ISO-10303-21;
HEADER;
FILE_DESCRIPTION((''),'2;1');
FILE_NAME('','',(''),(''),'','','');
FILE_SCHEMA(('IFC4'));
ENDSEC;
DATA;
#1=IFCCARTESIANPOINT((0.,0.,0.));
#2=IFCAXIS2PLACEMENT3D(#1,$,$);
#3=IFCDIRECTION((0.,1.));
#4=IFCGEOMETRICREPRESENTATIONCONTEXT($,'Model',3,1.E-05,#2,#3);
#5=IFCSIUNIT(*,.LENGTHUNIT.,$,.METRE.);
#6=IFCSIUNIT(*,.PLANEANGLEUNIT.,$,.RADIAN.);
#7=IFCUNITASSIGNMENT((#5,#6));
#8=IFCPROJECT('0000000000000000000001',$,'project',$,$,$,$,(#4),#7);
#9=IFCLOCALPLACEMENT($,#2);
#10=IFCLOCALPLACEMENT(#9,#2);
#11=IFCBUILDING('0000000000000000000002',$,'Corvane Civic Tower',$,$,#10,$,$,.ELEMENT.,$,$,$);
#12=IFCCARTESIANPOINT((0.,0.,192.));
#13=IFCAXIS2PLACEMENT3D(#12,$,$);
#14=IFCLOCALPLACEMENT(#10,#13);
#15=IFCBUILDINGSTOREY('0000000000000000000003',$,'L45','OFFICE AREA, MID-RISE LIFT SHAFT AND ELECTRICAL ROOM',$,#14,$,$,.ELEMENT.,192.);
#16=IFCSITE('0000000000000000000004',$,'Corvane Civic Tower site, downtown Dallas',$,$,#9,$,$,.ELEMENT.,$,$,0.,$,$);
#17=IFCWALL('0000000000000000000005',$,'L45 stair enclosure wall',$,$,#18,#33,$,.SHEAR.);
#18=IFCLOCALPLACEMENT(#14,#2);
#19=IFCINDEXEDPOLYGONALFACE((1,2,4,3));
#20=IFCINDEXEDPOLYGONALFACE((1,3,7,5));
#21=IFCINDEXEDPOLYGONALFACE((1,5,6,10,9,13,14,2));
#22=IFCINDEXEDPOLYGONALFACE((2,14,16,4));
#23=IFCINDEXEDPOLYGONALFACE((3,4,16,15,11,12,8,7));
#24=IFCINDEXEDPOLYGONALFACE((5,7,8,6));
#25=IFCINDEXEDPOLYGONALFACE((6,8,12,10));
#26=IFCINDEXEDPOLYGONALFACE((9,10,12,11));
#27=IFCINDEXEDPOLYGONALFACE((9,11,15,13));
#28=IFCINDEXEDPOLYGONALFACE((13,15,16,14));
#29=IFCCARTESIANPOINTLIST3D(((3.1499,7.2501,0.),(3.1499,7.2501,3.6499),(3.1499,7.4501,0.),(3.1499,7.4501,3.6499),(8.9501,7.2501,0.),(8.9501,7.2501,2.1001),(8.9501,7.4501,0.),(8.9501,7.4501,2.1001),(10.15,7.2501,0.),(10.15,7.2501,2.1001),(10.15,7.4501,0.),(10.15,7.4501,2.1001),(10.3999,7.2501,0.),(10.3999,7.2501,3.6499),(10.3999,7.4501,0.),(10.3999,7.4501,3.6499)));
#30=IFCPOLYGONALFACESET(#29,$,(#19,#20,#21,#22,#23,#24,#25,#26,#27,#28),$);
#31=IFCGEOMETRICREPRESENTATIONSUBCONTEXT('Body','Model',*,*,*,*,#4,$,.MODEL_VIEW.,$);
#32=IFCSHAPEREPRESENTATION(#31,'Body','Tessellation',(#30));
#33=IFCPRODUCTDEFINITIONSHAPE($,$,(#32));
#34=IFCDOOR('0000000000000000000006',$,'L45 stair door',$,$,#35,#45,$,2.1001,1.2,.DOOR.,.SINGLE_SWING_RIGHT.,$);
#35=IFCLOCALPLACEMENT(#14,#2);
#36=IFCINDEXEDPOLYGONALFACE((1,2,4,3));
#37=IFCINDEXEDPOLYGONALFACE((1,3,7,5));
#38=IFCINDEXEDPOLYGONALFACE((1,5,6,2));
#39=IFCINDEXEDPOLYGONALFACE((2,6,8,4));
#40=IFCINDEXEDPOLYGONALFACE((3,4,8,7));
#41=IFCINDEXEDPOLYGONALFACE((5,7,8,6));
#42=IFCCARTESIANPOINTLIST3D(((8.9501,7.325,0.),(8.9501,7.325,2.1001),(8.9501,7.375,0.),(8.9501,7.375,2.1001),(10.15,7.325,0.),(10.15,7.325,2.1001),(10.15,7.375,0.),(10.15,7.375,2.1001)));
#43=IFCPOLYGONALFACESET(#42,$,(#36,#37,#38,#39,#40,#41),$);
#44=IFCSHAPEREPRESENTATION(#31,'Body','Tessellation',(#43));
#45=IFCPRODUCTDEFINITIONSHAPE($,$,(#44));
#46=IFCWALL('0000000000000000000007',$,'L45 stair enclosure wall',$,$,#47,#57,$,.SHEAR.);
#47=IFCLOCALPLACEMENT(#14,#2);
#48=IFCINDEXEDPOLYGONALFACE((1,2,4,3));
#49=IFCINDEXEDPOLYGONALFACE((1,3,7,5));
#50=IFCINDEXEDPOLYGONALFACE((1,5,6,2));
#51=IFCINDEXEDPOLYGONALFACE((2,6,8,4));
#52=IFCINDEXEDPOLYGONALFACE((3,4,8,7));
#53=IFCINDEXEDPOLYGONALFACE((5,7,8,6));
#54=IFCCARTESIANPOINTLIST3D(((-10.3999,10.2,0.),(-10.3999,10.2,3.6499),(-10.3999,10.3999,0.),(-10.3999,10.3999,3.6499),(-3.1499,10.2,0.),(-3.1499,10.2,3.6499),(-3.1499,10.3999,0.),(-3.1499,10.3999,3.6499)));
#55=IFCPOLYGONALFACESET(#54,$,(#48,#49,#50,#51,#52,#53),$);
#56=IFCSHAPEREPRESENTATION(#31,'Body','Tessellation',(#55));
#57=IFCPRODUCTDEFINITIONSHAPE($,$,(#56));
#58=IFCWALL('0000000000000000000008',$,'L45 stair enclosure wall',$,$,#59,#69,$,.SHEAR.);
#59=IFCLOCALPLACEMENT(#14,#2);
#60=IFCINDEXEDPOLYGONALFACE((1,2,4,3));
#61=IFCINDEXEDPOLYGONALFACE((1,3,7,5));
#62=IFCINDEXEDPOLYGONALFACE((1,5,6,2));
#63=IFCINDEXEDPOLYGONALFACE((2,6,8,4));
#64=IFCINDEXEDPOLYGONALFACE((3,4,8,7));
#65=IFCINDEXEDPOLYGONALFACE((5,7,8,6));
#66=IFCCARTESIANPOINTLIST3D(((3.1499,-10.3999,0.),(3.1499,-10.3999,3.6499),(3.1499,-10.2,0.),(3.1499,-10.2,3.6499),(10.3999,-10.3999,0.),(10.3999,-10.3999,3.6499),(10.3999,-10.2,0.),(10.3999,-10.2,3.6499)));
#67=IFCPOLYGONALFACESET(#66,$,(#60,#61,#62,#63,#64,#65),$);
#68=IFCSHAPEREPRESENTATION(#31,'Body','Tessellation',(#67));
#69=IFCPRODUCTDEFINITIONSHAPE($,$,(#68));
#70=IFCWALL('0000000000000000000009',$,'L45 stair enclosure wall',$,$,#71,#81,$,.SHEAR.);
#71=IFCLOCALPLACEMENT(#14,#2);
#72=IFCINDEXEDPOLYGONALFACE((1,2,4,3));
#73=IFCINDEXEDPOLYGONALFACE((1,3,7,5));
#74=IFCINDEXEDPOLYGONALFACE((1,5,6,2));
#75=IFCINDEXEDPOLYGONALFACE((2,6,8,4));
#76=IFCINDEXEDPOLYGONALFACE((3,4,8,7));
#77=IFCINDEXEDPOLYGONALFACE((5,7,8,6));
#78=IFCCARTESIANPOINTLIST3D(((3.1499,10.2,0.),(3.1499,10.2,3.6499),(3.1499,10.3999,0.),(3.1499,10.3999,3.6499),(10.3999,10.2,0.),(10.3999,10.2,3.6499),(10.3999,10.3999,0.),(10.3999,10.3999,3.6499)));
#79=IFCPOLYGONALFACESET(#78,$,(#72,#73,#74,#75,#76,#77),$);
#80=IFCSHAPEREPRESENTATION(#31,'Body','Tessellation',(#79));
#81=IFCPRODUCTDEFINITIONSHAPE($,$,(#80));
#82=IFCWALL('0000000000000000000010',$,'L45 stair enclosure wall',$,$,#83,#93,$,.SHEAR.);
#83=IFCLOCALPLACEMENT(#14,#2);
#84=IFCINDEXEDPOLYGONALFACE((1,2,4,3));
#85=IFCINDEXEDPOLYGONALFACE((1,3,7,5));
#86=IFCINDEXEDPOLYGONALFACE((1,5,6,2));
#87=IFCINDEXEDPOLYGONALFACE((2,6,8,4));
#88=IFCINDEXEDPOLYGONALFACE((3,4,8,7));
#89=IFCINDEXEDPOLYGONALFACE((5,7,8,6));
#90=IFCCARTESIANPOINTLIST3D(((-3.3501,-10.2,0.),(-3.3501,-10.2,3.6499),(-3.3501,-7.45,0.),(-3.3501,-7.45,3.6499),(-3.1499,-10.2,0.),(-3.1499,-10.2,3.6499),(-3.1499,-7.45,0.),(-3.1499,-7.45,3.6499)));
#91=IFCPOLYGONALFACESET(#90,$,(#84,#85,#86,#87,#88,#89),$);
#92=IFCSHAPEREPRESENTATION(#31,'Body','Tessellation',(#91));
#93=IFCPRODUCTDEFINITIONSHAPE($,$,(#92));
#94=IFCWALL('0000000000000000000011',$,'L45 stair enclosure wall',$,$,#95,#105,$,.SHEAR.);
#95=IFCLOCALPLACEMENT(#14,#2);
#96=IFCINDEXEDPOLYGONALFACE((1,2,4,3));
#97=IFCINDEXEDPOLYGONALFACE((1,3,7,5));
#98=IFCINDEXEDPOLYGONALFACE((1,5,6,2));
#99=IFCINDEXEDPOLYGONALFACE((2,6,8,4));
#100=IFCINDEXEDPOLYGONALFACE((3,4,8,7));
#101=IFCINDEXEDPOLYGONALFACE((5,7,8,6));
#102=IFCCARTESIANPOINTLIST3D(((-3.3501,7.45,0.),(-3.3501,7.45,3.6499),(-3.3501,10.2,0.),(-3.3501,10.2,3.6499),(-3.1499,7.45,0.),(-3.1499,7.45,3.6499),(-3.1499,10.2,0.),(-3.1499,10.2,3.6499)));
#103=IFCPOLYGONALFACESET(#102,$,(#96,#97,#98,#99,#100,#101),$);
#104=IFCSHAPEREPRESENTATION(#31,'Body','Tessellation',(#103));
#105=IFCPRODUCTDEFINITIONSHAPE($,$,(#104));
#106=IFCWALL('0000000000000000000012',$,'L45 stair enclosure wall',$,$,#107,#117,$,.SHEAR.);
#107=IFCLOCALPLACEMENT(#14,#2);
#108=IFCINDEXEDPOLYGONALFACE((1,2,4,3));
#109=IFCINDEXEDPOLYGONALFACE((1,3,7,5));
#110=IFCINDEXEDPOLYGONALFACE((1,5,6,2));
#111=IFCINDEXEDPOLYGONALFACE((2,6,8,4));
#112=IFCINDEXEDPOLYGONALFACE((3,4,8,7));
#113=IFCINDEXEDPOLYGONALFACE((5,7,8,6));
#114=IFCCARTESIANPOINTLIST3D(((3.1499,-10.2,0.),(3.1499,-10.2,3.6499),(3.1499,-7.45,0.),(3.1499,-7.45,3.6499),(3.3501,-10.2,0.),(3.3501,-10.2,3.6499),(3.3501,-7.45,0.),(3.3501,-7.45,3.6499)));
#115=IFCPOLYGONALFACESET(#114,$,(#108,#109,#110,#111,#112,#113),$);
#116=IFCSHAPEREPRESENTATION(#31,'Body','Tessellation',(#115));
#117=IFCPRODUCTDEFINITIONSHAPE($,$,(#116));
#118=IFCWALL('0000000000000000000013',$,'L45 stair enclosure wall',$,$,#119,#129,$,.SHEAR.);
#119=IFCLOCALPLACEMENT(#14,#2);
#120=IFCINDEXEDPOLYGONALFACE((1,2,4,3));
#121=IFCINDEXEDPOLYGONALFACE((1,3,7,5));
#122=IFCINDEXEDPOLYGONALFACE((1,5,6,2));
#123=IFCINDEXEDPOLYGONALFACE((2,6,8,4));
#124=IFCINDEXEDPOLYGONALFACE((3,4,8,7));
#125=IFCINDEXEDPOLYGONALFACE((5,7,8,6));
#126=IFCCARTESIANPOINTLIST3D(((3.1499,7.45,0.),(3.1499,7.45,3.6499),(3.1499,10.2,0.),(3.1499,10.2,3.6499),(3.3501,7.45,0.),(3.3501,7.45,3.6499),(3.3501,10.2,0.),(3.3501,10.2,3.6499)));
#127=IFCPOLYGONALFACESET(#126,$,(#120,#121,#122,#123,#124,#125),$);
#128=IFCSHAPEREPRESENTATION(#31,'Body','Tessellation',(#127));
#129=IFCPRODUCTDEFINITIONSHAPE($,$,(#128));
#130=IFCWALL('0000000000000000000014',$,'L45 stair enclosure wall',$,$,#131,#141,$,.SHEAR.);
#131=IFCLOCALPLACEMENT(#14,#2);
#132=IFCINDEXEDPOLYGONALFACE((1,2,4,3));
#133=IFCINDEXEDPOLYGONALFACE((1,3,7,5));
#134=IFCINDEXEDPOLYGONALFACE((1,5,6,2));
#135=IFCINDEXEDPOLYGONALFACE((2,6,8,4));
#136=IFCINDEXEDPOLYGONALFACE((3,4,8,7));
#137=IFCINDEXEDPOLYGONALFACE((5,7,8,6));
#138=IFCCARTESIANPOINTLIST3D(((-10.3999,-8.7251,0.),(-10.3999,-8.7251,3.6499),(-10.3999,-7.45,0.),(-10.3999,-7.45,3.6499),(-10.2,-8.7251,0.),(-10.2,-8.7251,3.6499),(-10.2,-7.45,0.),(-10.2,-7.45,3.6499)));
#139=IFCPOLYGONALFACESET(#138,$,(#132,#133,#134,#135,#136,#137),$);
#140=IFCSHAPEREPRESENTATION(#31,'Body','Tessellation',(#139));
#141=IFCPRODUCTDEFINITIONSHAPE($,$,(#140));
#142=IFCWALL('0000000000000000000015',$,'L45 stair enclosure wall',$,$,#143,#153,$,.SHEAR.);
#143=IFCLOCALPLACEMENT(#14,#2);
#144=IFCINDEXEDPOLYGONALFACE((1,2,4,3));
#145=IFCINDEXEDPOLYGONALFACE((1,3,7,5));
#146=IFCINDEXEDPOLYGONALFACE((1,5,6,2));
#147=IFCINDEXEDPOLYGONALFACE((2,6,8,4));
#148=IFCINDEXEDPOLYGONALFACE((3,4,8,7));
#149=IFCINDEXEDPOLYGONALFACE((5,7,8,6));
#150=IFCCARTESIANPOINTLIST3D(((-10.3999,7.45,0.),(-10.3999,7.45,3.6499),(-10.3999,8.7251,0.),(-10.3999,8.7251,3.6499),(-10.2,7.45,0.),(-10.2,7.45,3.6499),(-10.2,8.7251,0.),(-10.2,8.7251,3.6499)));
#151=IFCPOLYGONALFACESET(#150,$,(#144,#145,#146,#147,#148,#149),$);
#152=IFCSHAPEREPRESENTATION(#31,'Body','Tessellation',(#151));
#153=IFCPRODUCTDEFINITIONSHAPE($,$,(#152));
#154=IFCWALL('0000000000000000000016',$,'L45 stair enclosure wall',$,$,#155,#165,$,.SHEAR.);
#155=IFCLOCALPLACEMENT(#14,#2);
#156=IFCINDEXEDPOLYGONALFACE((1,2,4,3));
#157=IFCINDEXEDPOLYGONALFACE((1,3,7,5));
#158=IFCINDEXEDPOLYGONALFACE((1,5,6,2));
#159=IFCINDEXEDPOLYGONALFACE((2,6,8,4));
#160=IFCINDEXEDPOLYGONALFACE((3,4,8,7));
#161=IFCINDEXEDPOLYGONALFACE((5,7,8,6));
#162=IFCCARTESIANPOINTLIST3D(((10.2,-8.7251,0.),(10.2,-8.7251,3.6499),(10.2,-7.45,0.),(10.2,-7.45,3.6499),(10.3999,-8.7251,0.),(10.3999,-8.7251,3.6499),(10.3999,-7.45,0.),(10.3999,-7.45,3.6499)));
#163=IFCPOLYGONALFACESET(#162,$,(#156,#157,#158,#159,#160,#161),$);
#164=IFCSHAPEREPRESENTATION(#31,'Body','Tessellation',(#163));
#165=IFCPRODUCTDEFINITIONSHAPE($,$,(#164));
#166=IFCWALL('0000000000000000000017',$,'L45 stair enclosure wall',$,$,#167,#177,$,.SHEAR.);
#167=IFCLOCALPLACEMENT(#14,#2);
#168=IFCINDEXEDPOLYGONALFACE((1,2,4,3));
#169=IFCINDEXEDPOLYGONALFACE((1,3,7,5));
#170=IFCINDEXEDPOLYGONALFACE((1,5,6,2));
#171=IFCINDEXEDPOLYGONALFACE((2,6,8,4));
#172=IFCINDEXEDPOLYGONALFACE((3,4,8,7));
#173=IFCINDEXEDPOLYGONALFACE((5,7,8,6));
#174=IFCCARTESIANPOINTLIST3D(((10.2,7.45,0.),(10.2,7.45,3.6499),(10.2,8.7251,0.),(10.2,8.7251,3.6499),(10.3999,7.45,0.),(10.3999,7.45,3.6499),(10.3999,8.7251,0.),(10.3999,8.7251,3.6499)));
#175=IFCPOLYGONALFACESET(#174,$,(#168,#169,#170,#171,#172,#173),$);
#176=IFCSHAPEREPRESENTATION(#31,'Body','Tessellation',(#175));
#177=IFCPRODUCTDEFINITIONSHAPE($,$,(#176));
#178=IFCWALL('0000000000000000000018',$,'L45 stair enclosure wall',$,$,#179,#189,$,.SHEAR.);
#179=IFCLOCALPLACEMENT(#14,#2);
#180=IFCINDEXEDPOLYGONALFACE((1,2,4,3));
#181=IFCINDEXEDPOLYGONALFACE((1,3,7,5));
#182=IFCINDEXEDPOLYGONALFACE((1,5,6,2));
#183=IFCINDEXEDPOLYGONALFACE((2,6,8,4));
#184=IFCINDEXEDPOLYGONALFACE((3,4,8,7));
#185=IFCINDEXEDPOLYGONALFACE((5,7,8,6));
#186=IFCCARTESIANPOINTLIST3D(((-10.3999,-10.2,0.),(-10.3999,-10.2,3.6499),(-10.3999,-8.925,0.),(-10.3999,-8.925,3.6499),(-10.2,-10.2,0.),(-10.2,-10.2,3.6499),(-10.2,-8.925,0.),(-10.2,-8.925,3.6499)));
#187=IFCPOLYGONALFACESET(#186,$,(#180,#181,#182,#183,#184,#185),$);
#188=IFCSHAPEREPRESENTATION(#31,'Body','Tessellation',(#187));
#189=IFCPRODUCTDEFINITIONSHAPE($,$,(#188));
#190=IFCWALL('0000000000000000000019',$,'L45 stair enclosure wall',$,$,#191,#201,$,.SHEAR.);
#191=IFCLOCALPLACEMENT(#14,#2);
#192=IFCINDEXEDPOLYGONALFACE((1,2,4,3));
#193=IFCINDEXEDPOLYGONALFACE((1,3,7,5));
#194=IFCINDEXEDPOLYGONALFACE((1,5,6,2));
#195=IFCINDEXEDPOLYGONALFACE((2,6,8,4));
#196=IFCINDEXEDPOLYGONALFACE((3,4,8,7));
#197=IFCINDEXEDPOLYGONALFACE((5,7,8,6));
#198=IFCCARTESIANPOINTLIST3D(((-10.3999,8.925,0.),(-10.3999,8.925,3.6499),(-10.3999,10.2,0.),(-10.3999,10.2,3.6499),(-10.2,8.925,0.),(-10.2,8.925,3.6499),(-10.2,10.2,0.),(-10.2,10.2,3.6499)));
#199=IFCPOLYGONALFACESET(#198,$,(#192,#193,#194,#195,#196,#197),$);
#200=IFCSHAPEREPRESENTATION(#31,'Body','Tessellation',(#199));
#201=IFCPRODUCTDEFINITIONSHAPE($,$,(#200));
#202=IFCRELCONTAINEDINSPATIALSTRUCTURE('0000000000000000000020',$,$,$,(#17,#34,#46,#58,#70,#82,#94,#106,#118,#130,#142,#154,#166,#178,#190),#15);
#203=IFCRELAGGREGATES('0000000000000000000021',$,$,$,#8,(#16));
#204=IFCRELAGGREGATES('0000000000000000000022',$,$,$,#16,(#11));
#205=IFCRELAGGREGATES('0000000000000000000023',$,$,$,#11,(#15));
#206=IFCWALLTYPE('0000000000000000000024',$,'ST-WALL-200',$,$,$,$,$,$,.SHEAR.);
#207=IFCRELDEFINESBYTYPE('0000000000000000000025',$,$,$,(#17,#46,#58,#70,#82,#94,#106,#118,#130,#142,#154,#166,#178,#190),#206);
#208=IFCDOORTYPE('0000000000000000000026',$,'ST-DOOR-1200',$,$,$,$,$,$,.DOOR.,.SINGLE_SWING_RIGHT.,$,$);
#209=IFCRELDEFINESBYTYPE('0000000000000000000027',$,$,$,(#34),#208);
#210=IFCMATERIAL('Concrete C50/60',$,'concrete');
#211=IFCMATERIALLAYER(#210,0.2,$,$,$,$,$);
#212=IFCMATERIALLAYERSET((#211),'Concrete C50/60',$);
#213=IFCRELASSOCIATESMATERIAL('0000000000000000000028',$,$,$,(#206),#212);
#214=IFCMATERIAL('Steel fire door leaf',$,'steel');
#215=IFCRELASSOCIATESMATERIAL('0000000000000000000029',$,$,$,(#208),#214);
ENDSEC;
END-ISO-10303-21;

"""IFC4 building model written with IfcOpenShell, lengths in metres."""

from ifc_helpers import new_model, si_unit, direction, frame, frame_2d, origin, place, context, subcontext, project, spatial, polyline, rectangle, outline, extrude, material, layer, layer_set, type_object, element, fill, save


model = new_model("IFC4")

# Units and contexts
model_context = context("Model", 3, precision=1e-05, world=origin(), true_north=direction((0.0, 1.0)))
body_context = subcontext(model_context, "Body", "Model", "MODEL_VIEW")
ifc_project = project(units=[si_unit("LENGTHUNIT", "METRE"), si_unit("PLANEANGLEUNIT", "RADIAN")], contexts=[model_context])

# Site, building, storey
site_placement = place(None, origin())
site = spatial("IfcSite", under=ifc_project, at=site_placement, Name="Corvane Civic Tower site, downtown Dallas", CompositionType="ELEMENT", RefElevation=0.0)
building_placement = place(site_placement, origin())
building = spatial("IfcBuilding", under=site, at=building_placement, Name="Corvane Civic Tower", CompositionType="ELEMENT")
storey_placement = place(building_placement, frame((0.0, 0.0, 192.0)))
storey = spatial("IfcBuildingStorey", under=building, at=storey_placement, Name="L45", Description="OFFICE AREA, MID-RISE LIFT SHAFT AND ELECTRICAL ROOM", CompositionType="ELEMENT", Elevation=192.0)

# Wall, opening, door
ifc_material_1 = material(Name="Concrete C50/60", Category="concrete")
ifc_layer = layer(ifc_material_1, 0.2)
ifc_layer_set = layer_set([ifc_layer], Name="Concrete C50/60")
wall_type = type_object("IfcWallType", Name="ST-WALL-200", PredefinedType="SHEAR", material=ifc_layer_set)
wall_1_placement = place(storey_placement, frame((3.1499, 7.3501, 0.0), z_axis=(0.0, 0.0, 1.0), x_axis=(1.0, 0.0, 0.0)))
wall_1 = element("IfcWall", 1, at=wall_1_placement, inside=storey, type_object=wall_type, Name="L45 stair enclosure wall", PredefinedType="SHEAR", context=body_context, shape_type="SweptSolid", body=[
    extrude(rectangle(XDim=7.25, YDim=0.2, at=frame_2d((3.625, 0.0))), origin(), (0.0, 0.0, 1.0), 3.6499),
])
opening_placement = place(wall_1_placement, frame((5.8, 0.0, 0.0)))
opening = element("IfcOpeningElement", 2, at=opening_placement, cuts=wall_1, PredefinedType="OPENING", context=body_context, shape_type="SweptSolid", body=[
    extrude(rectangle(XDim=1.2, YDim=2.1001, at=frame_2d((0.6001, 1.05))), frame((0.0, 0.1099, 0.0), z_axis=(0.0, -1.0, 0.0), x_axis=(1.0, 0.0, 0.0)), (0.0, 0.0, 1.0), 0.22),
])
ifc_material_2 = material(Name="Steel fire door leaf", Category="steel")
door_type = type_object("IfcDoorType", Name="ST-DOOR-1200", OperationType="SINGLE_SWING_RIGHT", PredefinedType="DOOR", material=ifc_material_2)
door_placement = place(opening_placement, origin())
door = element("IfcDoor", 3, at=door_placement, inside=storey, type_object=door_type, Name="L45 stair door", OperationType="SINGLE_SWING_RIGHT", OverallHeight=2.1001, OverallWidth=1.2, PredefinedType="DOOR", context=body_context, shape_type="SweptSolid", body=[
    extrude(rectangle(XDim=1.2, YDim=2.1001, at=frame_2d((0.6001, 1.05))), frame((0.0, 0.0249, 0.0), z_axis=(0.0, -1.0, 0.0), x_axis=(1.0, 0.0, 0.0)), (0.0, 0.0, 1.0), 0.05),
])
fill(opening, door)

# Walls
wall_2_placement = place(storey_placement, origin())
element("IfcWall", 4, at=wall_2_placement, inside=storey, type_object=wall_type, Name="L45 stair enclosure wall", PredefinedType="SHEAR", context=body_context, shape_type="SweptSolid", body=[
    extrude(outline(polyline([(-3.1499, 10.2), (-10.3999, 10.2), (-10.3999, 10.3999), (-3.1499, 10.3999), (-3.1499, 10.2)])), origin(), (0.0, 0.0, 1.0), 3.6499),
])
wall_3_placement = place(storey_placement, origin())
element("IfcWall", 5, at=wall_3_placement, inside=storey, type_object=wall_type, Name="L45 stair enclosure wall", PredefinedType="SHEAR", context=body_context, shape_type="SweptSolid", body=[
    extrude(outline(polyline([(10.3999, -10.3999), (3.1499, -10.3999), (3.1499, -10.2), (10.3999, -10.2), (10.3999, -10.3999)])), origin(), (0.0, 0.0, 1.0), 3.6499),
])
wall_4_placement = place(storey_placement, origin())
element("IfcWall", 6, at=wall_4_placement, inside=storey, type_object=wall_type, Name="L45 stair enclosure wall", PredefinedType="SHEAR", context=body_context, shape_type="SweptSolid", body=[
    extrude(outline(polyline([(10.3999, 10.2), (3.1499, 10.2), (3.1499, 10.3999), (10.3999, 10.3999), (10.3999, 10.2)])), origin(), (0.0, 0.0, 1.0), 3.6499),
])
wall_5_placement = place(storey_placement, origin())
element("IfcWall", 7, at=wall_5_placement, inside=storey, type_object=wall_type, Name="L45 stair enclosure wall", PredefinedType="SHEAR", context=body_context, shape_type="SweptSolid", body=[
    extrude(outline(polyline([(-3.1499, -7.45), (-3.1499, -10.2), (-3.3501, -10.2), (-3.3501, -7.45), (-3.1499, -7.45)])), origin(), (0.0, 0.0, 1.0), 3.6499),
])
wall_6_placement = place(storey_placement, origin())
element("IfcWall", 8, at=wall_6_placement, inside=storey, type_object=wall_type, Name="L45 stair enclosure wall", PredefinedType="SHEAR", context=body_context, shape_type="SweptSolid", body=[
    extrude(outline(polyline([(-3.1499, 7.45), (-3.3501, 7.45), (-3.3501, 10.2), (-3.1499, 10.2), (-3.1499, 7.45)])), origin(), (0.0, 0.0, 1.0), 3.6499),
])
wall_7_placement = place(storey_placement, origin())
element("IfcWall", 9, at=wall_7_placement, inside=storey, type_object=wall_type, Name="L45 stair enclosure wall", PredefinedType="SHEAR", context=body_context, shape_type="SweptSolid", body=[
    extrude(outline(polyline([(3.3501, -7.45), (3.3501, -10.2), (3.1499, -10.2), (3.1499, -7.45), (3.3501, -7.45)])), origin(), (0.0, 0.0, 1.0), 3.6499),
])
wall_8_placement = place(storey_placement, origin())
element("IfcWall", 10, at=wall_8_placement, inside=storey, type_object=wall_type, Name="L45 stair enclosure wall", PredefinedType="SHEAR", context=body_context, shape_type="SweptSolid", body=[
    extrude(outline(polyline([(3.3501, 7.45), (3.1499, 7.45), (3.1499, 10.2), (3.3501, 10.2), (3.3501, 7.45)])), origin(), (0.0, 0.0, 1.0), 3.6499),
])
wall_9_placement = place(storey_placement, origin())
element("IfcWall", 11, at=wall_9_placement, inside=storey, type_object=wall_type, Name="L45 stair enclosure wall", PredefinedType="SHEAR", context=body_context, shape_type="SweptSolid", body=[
    extrude(outline(polyline([(-10.2, -7.45), (-10.2, -8.7251), (-10.3999, -8.7251), (-10.3999, -7.45), (-10.2, -7.45)])), origin(), (0.0, 0.0, 1.0), 3.6499),
])
wall_10_placement = place(storey_placement, origin())
element("IfcWall", 12, at=wall_10_placement, inside=storey, type_object=wall_type, Name="L45 stair enclosure wall", PredefinedType="SHEAR", context=body_context, shape_type="SweptSolid", body=[
    extrude(outline(polyline([(-10.2, 8.7251), (-10.2, 7.45), (-10.3999, 7.45), (-10.3999, 8.7251), (-10.2, 8.7251)])), origin(), (0.0, 0.0, 1.0), 3.6499),
])
wall_11_placement = place(storey_placement, origin())
element("IfcWall", 13, at=wall_11_placement, inside=storey, type_object=wall_type, Name="L45 stair enclosure wall", PredefinedType="SHEAR", context=body_context, shape_type="SweptSolid", body=[
    extrude(outline(polyline([(10.3999, -7.45), (10.3999, -8.7251), (10.2, -8.7251), (10.2, -7.45), (10.3999, -7.45)])), origin(), (0.0, 0.0, 1.0), 3.6499),
])
wall_12_placement = place(storey_placement, origin())
element("IfcWall", 14, at=wall_12_placement, inside=storey, type_object=wall_type, Name="L45 stair enclosure wall", PredefinedType="SHEAR", context=body_context, shape_type="SweptSolid", body=[
    extrude(outline(polyline([(10.3999, 8.7251), (10.3999, 7.45), (10.2, 7.45), (10.2, 8.7251), (10.3999, 8.7251)])), origin(), (0.0, 0.0, 1.0), 3.6499),
])
wall_13_placement = place(storey_placement, origin())
element("IfcWall", 15, at=wall_13_placement, inside=storey, type_object=wall_type, Name="L45 stair enclosure wall", PredefinedType="SHEAR", context=body_context, shape_type="SweptSolid", body=[
    extrude(outline(polyline([(-10.2, -8.925), (-10.2, -10.2), (-10.3999, -10.2), (-10.3999, -8.925), (-10.2, -8.925)])), origin(), (0.0, 0.0, 1.0), 3.6499),
])
wall_14_placement = place(storey_placement, origin())
element("IfcWall", 16, at=wall_14_placement, inside=storey, type_object=wall_type, Name="L45 stair enclosure wall", PredefinedType="SHEAR", context=body_context, shape_type="SweptSolid", body=[
    extrude(outline(polyline([(-10.2, 8.925), (-10.3999, 8.925), (-10.3999, 10.2), (-10.2, 10.2), (-10.2, 8.925)])), origin(), (0.0, 0.0, 1.0), 3.6499),
])

save(model, "model.ifc")
